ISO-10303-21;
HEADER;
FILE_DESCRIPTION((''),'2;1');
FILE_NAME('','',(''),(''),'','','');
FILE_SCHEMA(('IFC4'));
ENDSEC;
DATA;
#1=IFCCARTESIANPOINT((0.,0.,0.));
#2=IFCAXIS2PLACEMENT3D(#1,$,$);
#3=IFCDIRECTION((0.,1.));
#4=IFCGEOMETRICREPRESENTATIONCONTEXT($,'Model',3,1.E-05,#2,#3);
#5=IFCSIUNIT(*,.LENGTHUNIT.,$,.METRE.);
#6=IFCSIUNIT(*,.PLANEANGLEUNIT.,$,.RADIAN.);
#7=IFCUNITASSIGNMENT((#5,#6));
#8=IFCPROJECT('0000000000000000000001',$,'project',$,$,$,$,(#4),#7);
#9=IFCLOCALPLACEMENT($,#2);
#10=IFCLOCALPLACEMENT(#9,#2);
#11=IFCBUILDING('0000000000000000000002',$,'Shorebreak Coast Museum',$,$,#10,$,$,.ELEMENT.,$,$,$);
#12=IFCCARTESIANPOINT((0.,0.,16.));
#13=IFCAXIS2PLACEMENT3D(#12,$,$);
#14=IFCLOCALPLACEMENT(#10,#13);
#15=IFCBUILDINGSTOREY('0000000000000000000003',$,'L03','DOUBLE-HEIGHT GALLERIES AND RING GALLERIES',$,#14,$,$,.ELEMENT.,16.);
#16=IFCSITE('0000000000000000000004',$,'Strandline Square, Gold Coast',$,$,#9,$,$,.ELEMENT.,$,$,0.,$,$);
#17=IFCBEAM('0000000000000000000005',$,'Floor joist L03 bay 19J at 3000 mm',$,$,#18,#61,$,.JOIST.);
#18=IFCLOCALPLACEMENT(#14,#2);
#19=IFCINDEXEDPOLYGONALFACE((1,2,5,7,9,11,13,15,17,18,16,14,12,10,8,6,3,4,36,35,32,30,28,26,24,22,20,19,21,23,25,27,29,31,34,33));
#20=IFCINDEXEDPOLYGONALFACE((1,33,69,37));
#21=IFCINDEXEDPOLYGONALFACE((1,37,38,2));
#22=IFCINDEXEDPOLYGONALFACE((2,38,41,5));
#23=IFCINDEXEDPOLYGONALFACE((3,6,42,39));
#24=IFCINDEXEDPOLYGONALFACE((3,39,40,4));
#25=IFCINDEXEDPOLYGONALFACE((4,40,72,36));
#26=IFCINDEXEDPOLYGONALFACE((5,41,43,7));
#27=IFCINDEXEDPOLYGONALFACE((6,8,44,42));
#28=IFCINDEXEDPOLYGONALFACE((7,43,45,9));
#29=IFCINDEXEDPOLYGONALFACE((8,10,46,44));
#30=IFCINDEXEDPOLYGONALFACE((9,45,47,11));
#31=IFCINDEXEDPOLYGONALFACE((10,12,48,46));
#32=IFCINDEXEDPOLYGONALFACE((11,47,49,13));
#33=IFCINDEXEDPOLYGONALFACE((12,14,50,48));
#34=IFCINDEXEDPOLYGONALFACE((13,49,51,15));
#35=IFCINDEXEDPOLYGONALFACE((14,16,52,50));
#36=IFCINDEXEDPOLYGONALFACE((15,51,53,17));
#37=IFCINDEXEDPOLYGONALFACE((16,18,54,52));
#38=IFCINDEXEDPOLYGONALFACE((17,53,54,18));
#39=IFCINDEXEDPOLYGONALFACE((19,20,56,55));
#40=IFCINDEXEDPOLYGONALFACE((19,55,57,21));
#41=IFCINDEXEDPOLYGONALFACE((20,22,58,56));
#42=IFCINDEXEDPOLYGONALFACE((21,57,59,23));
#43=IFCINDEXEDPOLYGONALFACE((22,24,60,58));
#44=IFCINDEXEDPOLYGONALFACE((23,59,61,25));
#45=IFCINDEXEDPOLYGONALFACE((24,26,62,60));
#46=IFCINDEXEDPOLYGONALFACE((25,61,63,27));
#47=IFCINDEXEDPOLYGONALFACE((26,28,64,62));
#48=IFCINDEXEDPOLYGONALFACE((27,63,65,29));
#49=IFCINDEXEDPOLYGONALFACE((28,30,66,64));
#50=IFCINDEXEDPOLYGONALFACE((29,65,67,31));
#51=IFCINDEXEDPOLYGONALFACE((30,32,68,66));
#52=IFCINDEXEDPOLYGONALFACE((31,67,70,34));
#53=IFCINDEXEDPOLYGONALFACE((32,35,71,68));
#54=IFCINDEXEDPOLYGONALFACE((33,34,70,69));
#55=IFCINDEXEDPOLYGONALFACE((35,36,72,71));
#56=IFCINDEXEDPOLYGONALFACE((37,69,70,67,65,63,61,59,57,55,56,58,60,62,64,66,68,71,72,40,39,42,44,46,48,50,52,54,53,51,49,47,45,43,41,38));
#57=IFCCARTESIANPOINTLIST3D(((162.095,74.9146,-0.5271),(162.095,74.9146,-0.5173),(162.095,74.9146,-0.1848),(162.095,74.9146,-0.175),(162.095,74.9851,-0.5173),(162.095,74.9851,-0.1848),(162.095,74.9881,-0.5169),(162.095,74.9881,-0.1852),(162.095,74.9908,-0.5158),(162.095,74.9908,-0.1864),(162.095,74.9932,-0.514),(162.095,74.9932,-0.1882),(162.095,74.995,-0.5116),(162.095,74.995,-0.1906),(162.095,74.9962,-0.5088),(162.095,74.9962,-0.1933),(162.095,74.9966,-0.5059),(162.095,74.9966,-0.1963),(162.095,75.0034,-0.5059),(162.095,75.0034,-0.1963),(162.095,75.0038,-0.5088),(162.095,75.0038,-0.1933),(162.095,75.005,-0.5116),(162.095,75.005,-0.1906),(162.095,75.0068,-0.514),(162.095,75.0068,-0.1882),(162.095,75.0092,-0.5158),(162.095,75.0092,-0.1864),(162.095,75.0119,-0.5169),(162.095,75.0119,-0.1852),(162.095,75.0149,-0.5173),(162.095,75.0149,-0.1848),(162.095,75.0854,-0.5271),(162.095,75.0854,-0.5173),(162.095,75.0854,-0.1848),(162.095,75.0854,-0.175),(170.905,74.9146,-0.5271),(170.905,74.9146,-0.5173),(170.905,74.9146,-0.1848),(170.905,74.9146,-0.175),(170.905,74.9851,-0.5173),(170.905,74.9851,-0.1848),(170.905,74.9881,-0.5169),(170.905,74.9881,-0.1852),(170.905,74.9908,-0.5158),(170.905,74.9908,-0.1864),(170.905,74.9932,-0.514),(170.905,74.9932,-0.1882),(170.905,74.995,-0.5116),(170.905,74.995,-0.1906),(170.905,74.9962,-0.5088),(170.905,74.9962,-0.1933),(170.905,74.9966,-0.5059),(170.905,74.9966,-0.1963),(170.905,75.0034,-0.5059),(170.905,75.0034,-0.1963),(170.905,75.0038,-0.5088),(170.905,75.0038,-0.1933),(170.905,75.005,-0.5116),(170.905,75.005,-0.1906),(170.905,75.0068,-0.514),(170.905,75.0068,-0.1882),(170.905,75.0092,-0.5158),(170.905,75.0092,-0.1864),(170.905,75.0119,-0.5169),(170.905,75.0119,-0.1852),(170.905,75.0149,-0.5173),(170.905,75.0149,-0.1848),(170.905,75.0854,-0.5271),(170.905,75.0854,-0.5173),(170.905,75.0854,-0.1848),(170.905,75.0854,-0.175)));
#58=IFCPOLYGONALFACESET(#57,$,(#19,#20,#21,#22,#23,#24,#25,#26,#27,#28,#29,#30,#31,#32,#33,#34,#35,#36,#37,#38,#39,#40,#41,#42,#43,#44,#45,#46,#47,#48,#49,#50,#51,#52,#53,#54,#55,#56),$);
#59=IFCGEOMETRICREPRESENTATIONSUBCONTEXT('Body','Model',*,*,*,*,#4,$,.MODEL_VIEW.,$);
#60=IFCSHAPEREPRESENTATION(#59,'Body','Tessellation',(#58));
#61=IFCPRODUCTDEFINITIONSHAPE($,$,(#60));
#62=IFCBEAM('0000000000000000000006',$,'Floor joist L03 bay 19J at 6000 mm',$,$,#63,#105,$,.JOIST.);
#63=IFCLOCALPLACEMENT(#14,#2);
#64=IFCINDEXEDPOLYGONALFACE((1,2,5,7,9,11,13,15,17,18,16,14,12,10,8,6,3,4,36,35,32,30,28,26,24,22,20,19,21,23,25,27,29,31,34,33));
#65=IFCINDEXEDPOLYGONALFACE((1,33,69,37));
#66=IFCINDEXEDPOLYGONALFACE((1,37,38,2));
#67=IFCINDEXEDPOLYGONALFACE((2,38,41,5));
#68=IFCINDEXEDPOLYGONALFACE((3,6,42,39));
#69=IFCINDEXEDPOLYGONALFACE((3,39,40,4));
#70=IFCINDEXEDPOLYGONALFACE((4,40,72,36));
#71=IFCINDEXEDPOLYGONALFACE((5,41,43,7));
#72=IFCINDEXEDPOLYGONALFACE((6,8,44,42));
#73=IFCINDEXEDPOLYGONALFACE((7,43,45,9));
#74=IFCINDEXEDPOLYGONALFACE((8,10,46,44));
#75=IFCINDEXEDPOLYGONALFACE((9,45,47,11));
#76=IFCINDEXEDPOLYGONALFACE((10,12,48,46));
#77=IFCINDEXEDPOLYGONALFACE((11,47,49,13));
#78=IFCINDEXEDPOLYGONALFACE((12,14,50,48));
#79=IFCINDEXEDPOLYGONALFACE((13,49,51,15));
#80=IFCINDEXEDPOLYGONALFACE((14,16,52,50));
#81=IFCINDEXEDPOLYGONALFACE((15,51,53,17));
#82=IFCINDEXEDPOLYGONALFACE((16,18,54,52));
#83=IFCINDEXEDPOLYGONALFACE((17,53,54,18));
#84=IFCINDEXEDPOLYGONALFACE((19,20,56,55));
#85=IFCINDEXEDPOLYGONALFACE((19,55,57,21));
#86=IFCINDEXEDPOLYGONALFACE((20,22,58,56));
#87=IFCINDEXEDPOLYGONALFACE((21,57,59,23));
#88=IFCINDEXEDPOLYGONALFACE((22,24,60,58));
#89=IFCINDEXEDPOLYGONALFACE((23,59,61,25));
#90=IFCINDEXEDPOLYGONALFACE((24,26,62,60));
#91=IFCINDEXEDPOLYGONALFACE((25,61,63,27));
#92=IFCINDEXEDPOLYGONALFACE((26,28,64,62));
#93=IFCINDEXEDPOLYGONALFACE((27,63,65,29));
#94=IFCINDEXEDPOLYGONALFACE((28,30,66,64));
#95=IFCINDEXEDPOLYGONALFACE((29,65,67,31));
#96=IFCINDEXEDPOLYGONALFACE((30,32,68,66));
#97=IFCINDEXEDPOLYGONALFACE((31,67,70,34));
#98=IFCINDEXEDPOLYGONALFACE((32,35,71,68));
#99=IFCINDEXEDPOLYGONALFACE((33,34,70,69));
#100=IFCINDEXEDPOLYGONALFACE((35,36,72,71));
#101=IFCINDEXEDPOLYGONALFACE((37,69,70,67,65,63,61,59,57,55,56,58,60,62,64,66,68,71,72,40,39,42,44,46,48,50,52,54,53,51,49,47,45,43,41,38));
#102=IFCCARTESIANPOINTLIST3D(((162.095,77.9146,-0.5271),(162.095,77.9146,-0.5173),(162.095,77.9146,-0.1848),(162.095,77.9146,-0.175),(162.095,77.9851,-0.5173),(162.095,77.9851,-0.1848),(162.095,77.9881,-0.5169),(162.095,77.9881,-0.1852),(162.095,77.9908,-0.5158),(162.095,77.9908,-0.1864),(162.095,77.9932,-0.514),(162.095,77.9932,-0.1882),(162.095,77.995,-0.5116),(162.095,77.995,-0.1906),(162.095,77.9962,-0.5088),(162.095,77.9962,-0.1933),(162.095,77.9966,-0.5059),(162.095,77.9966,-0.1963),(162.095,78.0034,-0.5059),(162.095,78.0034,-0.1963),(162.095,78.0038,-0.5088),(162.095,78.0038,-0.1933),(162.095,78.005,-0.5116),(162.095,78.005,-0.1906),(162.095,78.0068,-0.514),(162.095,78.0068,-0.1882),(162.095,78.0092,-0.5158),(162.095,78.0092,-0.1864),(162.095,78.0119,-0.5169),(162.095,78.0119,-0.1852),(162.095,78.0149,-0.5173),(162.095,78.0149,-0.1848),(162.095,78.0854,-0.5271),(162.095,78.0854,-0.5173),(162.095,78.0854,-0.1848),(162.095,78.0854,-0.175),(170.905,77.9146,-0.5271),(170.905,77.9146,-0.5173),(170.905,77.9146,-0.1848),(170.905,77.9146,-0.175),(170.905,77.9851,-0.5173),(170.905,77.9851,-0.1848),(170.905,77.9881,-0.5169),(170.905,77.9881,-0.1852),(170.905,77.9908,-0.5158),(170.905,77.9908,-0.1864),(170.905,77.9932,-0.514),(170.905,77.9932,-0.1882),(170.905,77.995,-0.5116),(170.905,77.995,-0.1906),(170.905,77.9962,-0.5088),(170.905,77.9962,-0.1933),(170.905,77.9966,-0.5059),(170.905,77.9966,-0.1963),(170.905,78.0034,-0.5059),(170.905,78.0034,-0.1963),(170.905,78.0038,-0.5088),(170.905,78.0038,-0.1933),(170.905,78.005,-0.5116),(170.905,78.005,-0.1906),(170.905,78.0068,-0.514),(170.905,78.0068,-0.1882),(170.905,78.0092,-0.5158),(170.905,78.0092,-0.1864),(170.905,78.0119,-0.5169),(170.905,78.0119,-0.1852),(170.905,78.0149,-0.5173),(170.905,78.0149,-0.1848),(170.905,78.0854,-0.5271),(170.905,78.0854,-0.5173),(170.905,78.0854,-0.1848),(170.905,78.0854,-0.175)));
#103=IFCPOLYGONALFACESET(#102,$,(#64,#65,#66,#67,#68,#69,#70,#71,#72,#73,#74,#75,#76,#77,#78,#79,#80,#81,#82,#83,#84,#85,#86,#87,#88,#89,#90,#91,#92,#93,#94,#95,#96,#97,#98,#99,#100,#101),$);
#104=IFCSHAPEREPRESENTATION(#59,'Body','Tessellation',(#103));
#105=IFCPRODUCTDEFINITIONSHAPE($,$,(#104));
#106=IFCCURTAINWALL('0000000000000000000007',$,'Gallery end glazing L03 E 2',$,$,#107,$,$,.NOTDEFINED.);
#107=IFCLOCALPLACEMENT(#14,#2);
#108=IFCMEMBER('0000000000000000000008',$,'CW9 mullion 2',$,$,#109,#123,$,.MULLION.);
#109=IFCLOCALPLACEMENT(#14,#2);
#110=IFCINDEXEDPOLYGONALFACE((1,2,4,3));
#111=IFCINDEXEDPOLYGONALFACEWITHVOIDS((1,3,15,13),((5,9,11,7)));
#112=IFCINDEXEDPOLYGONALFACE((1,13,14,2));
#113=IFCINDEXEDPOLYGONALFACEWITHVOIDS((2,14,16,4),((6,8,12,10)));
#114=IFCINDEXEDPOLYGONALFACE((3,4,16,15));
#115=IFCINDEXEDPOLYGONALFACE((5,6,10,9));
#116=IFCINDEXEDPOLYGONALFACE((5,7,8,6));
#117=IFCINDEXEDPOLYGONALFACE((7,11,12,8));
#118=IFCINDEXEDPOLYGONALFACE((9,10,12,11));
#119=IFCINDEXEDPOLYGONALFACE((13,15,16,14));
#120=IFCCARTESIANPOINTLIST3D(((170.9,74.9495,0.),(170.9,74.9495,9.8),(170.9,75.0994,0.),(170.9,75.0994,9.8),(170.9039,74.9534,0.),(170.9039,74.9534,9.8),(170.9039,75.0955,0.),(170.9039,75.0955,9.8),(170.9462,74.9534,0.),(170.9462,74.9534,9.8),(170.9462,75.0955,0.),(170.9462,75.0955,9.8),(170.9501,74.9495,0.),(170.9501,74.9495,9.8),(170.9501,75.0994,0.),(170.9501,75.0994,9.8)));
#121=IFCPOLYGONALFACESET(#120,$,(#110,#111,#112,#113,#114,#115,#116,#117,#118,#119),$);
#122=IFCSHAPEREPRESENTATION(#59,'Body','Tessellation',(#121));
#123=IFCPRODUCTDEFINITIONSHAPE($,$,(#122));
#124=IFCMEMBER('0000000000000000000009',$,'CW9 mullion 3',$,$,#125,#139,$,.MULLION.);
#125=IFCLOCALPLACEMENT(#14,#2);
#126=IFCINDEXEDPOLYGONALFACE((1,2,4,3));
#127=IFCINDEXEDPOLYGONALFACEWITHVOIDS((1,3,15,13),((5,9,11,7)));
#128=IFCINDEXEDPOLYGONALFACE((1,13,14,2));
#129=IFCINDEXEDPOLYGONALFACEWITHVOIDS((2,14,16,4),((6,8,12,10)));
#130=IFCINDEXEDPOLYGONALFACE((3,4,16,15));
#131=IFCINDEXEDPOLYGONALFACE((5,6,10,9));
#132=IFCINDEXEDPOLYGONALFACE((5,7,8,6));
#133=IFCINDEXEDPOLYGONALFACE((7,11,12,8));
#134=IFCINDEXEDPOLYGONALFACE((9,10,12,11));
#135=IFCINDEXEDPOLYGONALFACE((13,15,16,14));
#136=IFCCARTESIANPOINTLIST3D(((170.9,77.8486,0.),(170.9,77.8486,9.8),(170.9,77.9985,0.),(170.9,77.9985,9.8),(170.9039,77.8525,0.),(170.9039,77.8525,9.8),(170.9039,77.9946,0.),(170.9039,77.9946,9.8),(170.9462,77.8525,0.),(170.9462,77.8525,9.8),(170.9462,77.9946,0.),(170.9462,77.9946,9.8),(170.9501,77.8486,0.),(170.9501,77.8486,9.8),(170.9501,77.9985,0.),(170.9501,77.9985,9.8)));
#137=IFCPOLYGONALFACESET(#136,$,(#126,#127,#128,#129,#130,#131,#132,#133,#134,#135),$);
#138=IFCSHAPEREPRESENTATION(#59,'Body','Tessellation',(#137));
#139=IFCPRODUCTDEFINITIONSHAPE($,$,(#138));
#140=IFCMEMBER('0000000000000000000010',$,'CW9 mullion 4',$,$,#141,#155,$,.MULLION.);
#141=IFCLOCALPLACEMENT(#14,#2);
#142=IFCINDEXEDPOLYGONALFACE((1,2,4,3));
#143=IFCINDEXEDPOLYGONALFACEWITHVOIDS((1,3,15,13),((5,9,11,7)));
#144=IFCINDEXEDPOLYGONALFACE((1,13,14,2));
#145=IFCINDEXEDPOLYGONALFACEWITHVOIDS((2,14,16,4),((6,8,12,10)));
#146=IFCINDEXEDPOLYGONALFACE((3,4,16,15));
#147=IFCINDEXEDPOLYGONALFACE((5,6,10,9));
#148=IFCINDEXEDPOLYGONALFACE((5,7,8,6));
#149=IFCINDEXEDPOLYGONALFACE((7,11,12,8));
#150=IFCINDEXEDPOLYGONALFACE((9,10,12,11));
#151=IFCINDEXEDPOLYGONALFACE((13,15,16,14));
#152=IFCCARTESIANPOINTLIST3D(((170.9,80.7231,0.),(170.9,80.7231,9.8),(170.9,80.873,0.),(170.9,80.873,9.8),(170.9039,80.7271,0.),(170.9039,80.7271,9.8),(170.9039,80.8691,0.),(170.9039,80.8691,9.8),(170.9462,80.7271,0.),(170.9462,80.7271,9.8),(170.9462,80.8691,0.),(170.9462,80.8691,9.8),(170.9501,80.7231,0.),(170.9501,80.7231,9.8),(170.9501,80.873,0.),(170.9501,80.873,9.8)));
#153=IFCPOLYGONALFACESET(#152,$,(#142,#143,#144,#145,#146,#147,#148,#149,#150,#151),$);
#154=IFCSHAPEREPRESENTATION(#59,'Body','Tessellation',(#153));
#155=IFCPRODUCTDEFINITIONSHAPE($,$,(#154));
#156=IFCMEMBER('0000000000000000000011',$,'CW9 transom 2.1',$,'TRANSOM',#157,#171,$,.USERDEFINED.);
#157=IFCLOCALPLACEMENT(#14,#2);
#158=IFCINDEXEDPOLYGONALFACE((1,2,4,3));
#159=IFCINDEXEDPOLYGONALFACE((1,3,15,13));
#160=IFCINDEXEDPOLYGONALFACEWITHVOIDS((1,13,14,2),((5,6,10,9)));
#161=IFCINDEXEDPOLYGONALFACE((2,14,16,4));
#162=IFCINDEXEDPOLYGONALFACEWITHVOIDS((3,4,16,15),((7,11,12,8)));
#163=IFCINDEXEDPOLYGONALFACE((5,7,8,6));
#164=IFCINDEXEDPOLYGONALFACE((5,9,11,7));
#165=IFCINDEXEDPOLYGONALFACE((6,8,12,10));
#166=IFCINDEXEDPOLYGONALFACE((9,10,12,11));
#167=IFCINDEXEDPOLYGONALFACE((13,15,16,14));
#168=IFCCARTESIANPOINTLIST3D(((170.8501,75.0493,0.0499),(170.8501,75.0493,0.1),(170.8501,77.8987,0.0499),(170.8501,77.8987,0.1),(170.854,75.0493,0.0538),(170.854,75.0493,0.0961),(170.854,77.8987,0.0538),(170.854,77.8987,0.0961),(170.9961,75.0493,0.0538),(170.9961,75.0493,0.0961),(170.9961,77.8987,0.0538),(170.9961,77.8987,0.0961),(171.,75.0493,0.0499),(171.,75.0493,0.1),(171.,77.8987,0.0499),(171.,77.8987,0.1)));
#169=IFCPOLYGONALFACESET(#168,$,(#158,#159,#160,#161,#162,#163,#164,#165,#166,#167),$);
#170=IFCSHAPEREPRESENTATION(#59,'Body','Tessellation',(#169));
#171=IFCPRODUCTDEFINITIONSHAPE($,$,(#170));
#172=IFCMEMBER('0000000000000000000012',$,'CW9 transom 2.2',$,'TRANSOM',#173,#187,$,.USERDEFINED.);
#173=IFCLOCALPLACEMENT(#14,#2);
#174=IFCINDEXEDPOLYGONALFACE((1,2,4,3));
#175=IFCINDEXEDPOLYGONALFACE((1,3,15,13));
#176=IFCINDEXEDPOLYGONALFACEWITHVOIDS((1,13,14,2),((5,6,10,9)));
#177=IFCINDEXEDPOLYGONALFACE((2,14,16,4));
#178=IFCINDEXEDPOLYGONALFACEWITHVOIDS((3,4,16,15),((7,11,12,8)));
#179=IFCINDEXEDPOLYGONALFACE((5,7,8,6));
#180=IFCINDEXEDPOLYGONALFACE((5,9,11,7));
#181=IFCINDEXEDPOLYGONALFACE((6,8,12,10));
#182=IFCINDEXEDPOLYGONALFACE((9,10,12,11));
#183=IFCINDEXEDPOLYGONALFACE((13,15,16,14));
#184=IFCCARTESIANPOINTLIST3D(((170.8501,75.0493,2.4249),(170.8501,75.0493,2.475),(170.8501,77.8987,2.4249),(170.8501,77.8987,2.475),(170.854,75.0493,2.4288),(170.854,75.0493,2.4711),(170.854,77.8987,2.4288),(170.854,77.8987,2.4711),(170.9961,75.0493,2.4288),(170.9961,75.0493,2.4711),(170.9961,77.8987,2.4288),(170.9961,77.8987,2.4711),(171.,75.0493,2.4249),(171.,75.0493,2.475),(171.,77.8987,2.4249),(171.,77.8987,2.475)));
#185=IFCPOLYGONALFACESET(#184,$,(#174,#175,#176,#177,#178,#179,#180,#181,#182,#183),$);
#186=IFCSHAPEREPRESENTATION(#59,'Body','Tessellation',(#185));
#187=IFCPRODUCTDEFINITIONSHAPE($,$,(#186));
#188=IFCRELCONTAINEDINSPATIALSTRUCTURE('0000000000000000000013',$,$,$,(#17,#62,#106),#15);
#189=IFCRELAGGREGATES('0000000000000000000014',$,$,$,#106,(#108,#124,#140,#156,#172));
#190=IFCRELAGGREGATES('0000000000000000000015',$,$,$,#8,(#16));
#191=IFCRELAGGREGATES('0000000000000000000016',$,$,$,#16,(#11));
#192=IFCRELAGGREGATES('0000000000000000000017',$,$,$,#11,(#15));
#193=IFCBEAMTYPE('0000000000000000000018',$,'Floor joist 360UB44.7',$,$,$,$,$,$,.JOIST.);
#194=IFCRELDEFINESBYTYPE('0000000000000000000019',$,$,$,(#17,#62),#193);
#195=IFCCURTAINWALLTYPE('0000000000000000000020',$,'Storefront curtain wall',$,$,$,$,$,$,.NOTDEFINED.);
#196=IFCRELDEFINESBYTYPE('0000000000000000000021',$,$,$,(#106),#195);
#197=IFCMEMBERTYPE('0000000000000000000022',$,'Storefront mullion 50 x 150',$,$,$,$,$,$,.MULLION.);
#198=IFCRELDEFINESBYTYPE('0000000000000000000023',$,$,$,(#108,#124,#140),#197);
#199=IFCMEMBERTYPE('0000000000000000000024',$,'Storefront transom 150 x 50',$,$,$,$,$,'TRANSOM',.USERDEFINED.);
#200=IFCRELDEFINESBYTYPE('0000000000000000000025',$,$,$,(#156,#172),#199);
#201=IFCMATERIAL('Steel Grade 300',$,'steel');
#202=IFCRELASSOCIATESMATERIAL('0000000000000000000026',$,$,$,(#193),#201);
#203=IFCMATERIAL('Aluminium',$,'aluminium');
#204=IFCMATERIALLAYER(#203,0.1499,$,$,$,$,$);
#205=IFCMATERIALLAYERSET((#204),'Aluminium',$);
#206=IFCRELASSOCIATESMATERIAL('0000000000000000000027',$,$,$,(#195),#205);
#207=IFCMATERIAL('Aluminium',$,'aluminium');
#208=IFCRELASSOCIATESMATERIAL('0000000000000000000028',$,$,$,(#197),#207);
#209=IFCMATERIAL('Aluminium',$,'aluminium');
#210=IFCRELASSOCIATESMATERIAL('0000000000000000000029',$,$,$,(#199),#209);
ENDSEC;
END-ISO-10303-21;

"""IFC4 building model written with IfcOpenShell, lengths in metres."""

from ifc_helpers import new_model, si_unit, direction, frame, origin, origin_2d, place, context, subcontext, project, spatial, hollow_rectangle, i_section, extrude, material, layer, layer_set, material_profile, profile_set, type_object, element, aggregate, save


model = new_model("IFC4")

# Units and contexts
model_context = context("Model", 3, precision=1e-05, world=origin(), true_north=direction((0.0, 1.0)))
body_context = subcontext(model_context, "Body", "Model", "MODEL_VIEW")
ifc_project = project(units=[si_unit("LENGTHUNIT", "METRE"), si_unit("PLANEANGLEUNIT", "RADIAN")], contexts=[model_context])

# Site, building, storey
site_placement = place(None, origin())
site = spatial("IfcSite", under=ifc_project, at=site_placement, Name="Strandline Square, Gold Coast", CompositionType="ELEMENT", RefElevation=0.0)
building_placement = place(site_placement, origin())
building = spatial("IfcBuilding", under=site, at=building_placement, Name="Shorebreak Coast Museum", CompositionType="ELEMENT")
storey_placement = place(building_placement, frame((0.0, 0.0, 16.0)))
storey = spatial("IfcBuildingStorey", under=building, at=storey_placement, Name="L03", Description="DOUBLE-HEIGHT GALLERIES AND RING GALLERIES", CompositionType="ELEMENT", Elevation=16.0)

# Beams
ifc_material_1 = material(Name="Steel Grade 300", Category="steel")
ifc_material_profile_1 = material_profile(ifc_material_1, i_section(OverallWidth=0.1709, OverallDepth=0.3521, WebThickness=0.0068, FlangeThickness=0.0098, FilletRadius=0.0115, at=origin_2d()), Name="360UB44.7")
ifc_profile_set_1 = profile_set([ifc_material_profile_1], Name="Steel Grade 300")
beam_type = type_object("IfcBeamType", Name="Floor joist 360UB44.7", PredefinedType="JOIST", material=ifc_profile_set_1)
for number, where, z_axis, x_axis, name in (
    (1, (162.095, 75.0, -0.3511), (1.0, 0.0, 0.0), (0.0, 1.0, 0.0), "Floor joist L03 bay 19J at 3000 mm"),
    (2, (162.095, 78.0, -0.3511), (1.0, 0.0, 0.0), (0.0, 1.0, 0.0), "Floor joist L03 bay 19J at 6000 mm"),
):
    element("IfcBeam", number, at=place(storey_placement, frame(where, z_axis=z_axis, x_axis=x_axis)), inside=storey, type_object=beam_type, Name=name, PredefinedType="JOIST", context=body_context, shape_type="SweptSolid", body=[
        extrude(i_section(OverallWidth=0.1709, OverallDepth=0.3521, WebThickness=0.0068, FlangeThickness=0.0098, FilletRadius=0.0115, at=origin_2d()), origin(), (0.0, 0.0, 1.0), 8.8101),
    ])

# Curtain wall, members
ifc_material_2 = material(Name="Aluminium", Category="aluminium")
ifc_layer_1 = layer(ifc_material_2, 0.1499)
ifc_layer_set_1 = layer_set([ifc_layer_1], Name="Aluminium")
curtain_wall_type = type_object("IfcCurtainWallType", Name="Storefront curtain wall", PredefinedType="NOTDEFINED", material=ifc_layer_set_1)
curtain_wall_placement = place(storey_placement, origin())
curtain_wall = element("IfcCurtainWall", 3, at=curtain_wall_placement, inside=storey, type_object=curtain_wall_type, Name="Gallery end glazing L03 E 2", PredefinedType="NOTDEFINED")
ifc_material_3 = material(Name="Aluminium", Category="aluminium")
ifc_material_profile_2 = material_profile(ifc_material_3, hollow_rectangle(XDim=0.05, YDim=0.1499, WallThickness=0.0039, at=origin_2d()), Name="AL 150x50 RHS")
ifc_profile_set_2 = profile_set([ifc_material_profile_2], Name="Aluminium")
member_type_1 = type_object("IfcMemberType", Name="Storefront mullion 50 x 150", PredefinedType="MULLION", material=ifc_profile_set_2)
member_1_placement = place(storey_placement, frame((170.925, 75.0244, 0.0), z_axis=(0.0, 0.0, 1.0), x_axis=(-1.0, 0.0, 0.0)))
member_1 = element("IfcMember", 4, at=member_1_placement, type_object=member_type_1, Name="CW9 mullion 2", PredefinedType="MULLION", context=body_context, shape_type="SweptSolid", body=[
    extrude(hollow_rectangle(XDim=0.05, YDim=0.1499, WallThickness=0.0039, at=origin_2d()), origin(), (0.0, 0.0, 1.0), 9.8),
])
member_2_placement = place(storey_placement, frame((170.925, 77.9236, 0.0), z_axis=(0.0, 0.0, 1.0), x_axis=(-1.0, 0.0, 0.0)))
member_2 = element("IfcMember", 5, at=member_2_placement, type_object=member_type_1, Name="CW9 mullion 3", PredefinedType="MULLION", context=body_context, shape_type="SweptSolid", body=[
    extrude(hollow_rectangle(XDim=0.05, YDim=0.1499, WallThickness=0.0039, at=origin_2d()), origin(), (0.0, 0.0, 1.0), 9.8),
])
member_3_placement = place(storey_placement, frame((170.925, 80.7981, 0.0), z_axis=(0.0, 0.0, 1.0), x_axis=(-1.0, 0.0, 0.0)))
member_3 = element("IfcMember", 6, at=member_3_placement, type_object=member_type_1, Name="CW9 mullion 4", PredefinedType="MULLION", context=body_context, shape_type="SweptSolid", body=[
    extrude(hollow_rectangle(XDim=0.05, YDim=0.1499, WallThickness=0.0039, at=origin_2d()), origin(), (0.0, 0.0, 1.0), 9.8),
])
ifc_material_4 = material(Name="Aluminium", Category="aluminium")
ifc_material_profile_3 = material_profile(ifc_material_4, hollow_rectangle(XDim=0.1499, YDim=0.05, WallThickness=0.0039, at=origin_2d()), Name="AL 50x150 RHS")
ifc_profile_set_3 = profile_set([ifc_material_profile_3], Name="Aluminium")
member_type_2 = type_object("IfcMemberType", Name="Storefront transom 150 x 50", ElementType="TRANSOM", PredefinedType="USERDEFINED", material=ifc_profile_set_3)
member_4_placement = place(storey_placement, frame((170.925, 75.0493, 0.075), z_axis=(0.0, 1.0, 0.0), x_axis=(-1.0, 0.0, 0.0)))
member_4 = element("IfcMember", 7, at=member_4_placement, type_object=member_type_2, Name="CW9 transom 2.1", ObjectType="TRANSOM", PredefinedType="USERDEFINED", context=body_context, shape_type="SweptSolid", body=[
    extrude(hollow_rectangle(XDim=0.1499, YDim=0.05, WallThickness=0.0039, at=origin_2d()), origin(), (0.0, 0.0, 1.0), 2.8494),
])
member_5_placement = place(storey_placement, frame((170.925, 75.0493, 2.45), z_axis=(0.0, 1.0, 0.0), x_axis=(-1.0, 0.0, 0.0)))
member_5 = element("IfcMember", 8, at=member_5_placement, type_object=member_type_2, Name="CW9 transom 2.2", ObjectType="TRANSOM", PredefinedType="USERDEFINED", context=body_context, shape_type="SweptSolid", body=[
    extrude(hollow_rectangle(XDim=0.1499, YDim=0.05, WallThickness=0.0039, at=origin_2d()), origin(), (0.0, 0.0, 1.0), 2.8494),
])
aggregate(curtain_wall, [member_1, member_2, member_3, member_4, member_5])

save(model, "model.ifc")
